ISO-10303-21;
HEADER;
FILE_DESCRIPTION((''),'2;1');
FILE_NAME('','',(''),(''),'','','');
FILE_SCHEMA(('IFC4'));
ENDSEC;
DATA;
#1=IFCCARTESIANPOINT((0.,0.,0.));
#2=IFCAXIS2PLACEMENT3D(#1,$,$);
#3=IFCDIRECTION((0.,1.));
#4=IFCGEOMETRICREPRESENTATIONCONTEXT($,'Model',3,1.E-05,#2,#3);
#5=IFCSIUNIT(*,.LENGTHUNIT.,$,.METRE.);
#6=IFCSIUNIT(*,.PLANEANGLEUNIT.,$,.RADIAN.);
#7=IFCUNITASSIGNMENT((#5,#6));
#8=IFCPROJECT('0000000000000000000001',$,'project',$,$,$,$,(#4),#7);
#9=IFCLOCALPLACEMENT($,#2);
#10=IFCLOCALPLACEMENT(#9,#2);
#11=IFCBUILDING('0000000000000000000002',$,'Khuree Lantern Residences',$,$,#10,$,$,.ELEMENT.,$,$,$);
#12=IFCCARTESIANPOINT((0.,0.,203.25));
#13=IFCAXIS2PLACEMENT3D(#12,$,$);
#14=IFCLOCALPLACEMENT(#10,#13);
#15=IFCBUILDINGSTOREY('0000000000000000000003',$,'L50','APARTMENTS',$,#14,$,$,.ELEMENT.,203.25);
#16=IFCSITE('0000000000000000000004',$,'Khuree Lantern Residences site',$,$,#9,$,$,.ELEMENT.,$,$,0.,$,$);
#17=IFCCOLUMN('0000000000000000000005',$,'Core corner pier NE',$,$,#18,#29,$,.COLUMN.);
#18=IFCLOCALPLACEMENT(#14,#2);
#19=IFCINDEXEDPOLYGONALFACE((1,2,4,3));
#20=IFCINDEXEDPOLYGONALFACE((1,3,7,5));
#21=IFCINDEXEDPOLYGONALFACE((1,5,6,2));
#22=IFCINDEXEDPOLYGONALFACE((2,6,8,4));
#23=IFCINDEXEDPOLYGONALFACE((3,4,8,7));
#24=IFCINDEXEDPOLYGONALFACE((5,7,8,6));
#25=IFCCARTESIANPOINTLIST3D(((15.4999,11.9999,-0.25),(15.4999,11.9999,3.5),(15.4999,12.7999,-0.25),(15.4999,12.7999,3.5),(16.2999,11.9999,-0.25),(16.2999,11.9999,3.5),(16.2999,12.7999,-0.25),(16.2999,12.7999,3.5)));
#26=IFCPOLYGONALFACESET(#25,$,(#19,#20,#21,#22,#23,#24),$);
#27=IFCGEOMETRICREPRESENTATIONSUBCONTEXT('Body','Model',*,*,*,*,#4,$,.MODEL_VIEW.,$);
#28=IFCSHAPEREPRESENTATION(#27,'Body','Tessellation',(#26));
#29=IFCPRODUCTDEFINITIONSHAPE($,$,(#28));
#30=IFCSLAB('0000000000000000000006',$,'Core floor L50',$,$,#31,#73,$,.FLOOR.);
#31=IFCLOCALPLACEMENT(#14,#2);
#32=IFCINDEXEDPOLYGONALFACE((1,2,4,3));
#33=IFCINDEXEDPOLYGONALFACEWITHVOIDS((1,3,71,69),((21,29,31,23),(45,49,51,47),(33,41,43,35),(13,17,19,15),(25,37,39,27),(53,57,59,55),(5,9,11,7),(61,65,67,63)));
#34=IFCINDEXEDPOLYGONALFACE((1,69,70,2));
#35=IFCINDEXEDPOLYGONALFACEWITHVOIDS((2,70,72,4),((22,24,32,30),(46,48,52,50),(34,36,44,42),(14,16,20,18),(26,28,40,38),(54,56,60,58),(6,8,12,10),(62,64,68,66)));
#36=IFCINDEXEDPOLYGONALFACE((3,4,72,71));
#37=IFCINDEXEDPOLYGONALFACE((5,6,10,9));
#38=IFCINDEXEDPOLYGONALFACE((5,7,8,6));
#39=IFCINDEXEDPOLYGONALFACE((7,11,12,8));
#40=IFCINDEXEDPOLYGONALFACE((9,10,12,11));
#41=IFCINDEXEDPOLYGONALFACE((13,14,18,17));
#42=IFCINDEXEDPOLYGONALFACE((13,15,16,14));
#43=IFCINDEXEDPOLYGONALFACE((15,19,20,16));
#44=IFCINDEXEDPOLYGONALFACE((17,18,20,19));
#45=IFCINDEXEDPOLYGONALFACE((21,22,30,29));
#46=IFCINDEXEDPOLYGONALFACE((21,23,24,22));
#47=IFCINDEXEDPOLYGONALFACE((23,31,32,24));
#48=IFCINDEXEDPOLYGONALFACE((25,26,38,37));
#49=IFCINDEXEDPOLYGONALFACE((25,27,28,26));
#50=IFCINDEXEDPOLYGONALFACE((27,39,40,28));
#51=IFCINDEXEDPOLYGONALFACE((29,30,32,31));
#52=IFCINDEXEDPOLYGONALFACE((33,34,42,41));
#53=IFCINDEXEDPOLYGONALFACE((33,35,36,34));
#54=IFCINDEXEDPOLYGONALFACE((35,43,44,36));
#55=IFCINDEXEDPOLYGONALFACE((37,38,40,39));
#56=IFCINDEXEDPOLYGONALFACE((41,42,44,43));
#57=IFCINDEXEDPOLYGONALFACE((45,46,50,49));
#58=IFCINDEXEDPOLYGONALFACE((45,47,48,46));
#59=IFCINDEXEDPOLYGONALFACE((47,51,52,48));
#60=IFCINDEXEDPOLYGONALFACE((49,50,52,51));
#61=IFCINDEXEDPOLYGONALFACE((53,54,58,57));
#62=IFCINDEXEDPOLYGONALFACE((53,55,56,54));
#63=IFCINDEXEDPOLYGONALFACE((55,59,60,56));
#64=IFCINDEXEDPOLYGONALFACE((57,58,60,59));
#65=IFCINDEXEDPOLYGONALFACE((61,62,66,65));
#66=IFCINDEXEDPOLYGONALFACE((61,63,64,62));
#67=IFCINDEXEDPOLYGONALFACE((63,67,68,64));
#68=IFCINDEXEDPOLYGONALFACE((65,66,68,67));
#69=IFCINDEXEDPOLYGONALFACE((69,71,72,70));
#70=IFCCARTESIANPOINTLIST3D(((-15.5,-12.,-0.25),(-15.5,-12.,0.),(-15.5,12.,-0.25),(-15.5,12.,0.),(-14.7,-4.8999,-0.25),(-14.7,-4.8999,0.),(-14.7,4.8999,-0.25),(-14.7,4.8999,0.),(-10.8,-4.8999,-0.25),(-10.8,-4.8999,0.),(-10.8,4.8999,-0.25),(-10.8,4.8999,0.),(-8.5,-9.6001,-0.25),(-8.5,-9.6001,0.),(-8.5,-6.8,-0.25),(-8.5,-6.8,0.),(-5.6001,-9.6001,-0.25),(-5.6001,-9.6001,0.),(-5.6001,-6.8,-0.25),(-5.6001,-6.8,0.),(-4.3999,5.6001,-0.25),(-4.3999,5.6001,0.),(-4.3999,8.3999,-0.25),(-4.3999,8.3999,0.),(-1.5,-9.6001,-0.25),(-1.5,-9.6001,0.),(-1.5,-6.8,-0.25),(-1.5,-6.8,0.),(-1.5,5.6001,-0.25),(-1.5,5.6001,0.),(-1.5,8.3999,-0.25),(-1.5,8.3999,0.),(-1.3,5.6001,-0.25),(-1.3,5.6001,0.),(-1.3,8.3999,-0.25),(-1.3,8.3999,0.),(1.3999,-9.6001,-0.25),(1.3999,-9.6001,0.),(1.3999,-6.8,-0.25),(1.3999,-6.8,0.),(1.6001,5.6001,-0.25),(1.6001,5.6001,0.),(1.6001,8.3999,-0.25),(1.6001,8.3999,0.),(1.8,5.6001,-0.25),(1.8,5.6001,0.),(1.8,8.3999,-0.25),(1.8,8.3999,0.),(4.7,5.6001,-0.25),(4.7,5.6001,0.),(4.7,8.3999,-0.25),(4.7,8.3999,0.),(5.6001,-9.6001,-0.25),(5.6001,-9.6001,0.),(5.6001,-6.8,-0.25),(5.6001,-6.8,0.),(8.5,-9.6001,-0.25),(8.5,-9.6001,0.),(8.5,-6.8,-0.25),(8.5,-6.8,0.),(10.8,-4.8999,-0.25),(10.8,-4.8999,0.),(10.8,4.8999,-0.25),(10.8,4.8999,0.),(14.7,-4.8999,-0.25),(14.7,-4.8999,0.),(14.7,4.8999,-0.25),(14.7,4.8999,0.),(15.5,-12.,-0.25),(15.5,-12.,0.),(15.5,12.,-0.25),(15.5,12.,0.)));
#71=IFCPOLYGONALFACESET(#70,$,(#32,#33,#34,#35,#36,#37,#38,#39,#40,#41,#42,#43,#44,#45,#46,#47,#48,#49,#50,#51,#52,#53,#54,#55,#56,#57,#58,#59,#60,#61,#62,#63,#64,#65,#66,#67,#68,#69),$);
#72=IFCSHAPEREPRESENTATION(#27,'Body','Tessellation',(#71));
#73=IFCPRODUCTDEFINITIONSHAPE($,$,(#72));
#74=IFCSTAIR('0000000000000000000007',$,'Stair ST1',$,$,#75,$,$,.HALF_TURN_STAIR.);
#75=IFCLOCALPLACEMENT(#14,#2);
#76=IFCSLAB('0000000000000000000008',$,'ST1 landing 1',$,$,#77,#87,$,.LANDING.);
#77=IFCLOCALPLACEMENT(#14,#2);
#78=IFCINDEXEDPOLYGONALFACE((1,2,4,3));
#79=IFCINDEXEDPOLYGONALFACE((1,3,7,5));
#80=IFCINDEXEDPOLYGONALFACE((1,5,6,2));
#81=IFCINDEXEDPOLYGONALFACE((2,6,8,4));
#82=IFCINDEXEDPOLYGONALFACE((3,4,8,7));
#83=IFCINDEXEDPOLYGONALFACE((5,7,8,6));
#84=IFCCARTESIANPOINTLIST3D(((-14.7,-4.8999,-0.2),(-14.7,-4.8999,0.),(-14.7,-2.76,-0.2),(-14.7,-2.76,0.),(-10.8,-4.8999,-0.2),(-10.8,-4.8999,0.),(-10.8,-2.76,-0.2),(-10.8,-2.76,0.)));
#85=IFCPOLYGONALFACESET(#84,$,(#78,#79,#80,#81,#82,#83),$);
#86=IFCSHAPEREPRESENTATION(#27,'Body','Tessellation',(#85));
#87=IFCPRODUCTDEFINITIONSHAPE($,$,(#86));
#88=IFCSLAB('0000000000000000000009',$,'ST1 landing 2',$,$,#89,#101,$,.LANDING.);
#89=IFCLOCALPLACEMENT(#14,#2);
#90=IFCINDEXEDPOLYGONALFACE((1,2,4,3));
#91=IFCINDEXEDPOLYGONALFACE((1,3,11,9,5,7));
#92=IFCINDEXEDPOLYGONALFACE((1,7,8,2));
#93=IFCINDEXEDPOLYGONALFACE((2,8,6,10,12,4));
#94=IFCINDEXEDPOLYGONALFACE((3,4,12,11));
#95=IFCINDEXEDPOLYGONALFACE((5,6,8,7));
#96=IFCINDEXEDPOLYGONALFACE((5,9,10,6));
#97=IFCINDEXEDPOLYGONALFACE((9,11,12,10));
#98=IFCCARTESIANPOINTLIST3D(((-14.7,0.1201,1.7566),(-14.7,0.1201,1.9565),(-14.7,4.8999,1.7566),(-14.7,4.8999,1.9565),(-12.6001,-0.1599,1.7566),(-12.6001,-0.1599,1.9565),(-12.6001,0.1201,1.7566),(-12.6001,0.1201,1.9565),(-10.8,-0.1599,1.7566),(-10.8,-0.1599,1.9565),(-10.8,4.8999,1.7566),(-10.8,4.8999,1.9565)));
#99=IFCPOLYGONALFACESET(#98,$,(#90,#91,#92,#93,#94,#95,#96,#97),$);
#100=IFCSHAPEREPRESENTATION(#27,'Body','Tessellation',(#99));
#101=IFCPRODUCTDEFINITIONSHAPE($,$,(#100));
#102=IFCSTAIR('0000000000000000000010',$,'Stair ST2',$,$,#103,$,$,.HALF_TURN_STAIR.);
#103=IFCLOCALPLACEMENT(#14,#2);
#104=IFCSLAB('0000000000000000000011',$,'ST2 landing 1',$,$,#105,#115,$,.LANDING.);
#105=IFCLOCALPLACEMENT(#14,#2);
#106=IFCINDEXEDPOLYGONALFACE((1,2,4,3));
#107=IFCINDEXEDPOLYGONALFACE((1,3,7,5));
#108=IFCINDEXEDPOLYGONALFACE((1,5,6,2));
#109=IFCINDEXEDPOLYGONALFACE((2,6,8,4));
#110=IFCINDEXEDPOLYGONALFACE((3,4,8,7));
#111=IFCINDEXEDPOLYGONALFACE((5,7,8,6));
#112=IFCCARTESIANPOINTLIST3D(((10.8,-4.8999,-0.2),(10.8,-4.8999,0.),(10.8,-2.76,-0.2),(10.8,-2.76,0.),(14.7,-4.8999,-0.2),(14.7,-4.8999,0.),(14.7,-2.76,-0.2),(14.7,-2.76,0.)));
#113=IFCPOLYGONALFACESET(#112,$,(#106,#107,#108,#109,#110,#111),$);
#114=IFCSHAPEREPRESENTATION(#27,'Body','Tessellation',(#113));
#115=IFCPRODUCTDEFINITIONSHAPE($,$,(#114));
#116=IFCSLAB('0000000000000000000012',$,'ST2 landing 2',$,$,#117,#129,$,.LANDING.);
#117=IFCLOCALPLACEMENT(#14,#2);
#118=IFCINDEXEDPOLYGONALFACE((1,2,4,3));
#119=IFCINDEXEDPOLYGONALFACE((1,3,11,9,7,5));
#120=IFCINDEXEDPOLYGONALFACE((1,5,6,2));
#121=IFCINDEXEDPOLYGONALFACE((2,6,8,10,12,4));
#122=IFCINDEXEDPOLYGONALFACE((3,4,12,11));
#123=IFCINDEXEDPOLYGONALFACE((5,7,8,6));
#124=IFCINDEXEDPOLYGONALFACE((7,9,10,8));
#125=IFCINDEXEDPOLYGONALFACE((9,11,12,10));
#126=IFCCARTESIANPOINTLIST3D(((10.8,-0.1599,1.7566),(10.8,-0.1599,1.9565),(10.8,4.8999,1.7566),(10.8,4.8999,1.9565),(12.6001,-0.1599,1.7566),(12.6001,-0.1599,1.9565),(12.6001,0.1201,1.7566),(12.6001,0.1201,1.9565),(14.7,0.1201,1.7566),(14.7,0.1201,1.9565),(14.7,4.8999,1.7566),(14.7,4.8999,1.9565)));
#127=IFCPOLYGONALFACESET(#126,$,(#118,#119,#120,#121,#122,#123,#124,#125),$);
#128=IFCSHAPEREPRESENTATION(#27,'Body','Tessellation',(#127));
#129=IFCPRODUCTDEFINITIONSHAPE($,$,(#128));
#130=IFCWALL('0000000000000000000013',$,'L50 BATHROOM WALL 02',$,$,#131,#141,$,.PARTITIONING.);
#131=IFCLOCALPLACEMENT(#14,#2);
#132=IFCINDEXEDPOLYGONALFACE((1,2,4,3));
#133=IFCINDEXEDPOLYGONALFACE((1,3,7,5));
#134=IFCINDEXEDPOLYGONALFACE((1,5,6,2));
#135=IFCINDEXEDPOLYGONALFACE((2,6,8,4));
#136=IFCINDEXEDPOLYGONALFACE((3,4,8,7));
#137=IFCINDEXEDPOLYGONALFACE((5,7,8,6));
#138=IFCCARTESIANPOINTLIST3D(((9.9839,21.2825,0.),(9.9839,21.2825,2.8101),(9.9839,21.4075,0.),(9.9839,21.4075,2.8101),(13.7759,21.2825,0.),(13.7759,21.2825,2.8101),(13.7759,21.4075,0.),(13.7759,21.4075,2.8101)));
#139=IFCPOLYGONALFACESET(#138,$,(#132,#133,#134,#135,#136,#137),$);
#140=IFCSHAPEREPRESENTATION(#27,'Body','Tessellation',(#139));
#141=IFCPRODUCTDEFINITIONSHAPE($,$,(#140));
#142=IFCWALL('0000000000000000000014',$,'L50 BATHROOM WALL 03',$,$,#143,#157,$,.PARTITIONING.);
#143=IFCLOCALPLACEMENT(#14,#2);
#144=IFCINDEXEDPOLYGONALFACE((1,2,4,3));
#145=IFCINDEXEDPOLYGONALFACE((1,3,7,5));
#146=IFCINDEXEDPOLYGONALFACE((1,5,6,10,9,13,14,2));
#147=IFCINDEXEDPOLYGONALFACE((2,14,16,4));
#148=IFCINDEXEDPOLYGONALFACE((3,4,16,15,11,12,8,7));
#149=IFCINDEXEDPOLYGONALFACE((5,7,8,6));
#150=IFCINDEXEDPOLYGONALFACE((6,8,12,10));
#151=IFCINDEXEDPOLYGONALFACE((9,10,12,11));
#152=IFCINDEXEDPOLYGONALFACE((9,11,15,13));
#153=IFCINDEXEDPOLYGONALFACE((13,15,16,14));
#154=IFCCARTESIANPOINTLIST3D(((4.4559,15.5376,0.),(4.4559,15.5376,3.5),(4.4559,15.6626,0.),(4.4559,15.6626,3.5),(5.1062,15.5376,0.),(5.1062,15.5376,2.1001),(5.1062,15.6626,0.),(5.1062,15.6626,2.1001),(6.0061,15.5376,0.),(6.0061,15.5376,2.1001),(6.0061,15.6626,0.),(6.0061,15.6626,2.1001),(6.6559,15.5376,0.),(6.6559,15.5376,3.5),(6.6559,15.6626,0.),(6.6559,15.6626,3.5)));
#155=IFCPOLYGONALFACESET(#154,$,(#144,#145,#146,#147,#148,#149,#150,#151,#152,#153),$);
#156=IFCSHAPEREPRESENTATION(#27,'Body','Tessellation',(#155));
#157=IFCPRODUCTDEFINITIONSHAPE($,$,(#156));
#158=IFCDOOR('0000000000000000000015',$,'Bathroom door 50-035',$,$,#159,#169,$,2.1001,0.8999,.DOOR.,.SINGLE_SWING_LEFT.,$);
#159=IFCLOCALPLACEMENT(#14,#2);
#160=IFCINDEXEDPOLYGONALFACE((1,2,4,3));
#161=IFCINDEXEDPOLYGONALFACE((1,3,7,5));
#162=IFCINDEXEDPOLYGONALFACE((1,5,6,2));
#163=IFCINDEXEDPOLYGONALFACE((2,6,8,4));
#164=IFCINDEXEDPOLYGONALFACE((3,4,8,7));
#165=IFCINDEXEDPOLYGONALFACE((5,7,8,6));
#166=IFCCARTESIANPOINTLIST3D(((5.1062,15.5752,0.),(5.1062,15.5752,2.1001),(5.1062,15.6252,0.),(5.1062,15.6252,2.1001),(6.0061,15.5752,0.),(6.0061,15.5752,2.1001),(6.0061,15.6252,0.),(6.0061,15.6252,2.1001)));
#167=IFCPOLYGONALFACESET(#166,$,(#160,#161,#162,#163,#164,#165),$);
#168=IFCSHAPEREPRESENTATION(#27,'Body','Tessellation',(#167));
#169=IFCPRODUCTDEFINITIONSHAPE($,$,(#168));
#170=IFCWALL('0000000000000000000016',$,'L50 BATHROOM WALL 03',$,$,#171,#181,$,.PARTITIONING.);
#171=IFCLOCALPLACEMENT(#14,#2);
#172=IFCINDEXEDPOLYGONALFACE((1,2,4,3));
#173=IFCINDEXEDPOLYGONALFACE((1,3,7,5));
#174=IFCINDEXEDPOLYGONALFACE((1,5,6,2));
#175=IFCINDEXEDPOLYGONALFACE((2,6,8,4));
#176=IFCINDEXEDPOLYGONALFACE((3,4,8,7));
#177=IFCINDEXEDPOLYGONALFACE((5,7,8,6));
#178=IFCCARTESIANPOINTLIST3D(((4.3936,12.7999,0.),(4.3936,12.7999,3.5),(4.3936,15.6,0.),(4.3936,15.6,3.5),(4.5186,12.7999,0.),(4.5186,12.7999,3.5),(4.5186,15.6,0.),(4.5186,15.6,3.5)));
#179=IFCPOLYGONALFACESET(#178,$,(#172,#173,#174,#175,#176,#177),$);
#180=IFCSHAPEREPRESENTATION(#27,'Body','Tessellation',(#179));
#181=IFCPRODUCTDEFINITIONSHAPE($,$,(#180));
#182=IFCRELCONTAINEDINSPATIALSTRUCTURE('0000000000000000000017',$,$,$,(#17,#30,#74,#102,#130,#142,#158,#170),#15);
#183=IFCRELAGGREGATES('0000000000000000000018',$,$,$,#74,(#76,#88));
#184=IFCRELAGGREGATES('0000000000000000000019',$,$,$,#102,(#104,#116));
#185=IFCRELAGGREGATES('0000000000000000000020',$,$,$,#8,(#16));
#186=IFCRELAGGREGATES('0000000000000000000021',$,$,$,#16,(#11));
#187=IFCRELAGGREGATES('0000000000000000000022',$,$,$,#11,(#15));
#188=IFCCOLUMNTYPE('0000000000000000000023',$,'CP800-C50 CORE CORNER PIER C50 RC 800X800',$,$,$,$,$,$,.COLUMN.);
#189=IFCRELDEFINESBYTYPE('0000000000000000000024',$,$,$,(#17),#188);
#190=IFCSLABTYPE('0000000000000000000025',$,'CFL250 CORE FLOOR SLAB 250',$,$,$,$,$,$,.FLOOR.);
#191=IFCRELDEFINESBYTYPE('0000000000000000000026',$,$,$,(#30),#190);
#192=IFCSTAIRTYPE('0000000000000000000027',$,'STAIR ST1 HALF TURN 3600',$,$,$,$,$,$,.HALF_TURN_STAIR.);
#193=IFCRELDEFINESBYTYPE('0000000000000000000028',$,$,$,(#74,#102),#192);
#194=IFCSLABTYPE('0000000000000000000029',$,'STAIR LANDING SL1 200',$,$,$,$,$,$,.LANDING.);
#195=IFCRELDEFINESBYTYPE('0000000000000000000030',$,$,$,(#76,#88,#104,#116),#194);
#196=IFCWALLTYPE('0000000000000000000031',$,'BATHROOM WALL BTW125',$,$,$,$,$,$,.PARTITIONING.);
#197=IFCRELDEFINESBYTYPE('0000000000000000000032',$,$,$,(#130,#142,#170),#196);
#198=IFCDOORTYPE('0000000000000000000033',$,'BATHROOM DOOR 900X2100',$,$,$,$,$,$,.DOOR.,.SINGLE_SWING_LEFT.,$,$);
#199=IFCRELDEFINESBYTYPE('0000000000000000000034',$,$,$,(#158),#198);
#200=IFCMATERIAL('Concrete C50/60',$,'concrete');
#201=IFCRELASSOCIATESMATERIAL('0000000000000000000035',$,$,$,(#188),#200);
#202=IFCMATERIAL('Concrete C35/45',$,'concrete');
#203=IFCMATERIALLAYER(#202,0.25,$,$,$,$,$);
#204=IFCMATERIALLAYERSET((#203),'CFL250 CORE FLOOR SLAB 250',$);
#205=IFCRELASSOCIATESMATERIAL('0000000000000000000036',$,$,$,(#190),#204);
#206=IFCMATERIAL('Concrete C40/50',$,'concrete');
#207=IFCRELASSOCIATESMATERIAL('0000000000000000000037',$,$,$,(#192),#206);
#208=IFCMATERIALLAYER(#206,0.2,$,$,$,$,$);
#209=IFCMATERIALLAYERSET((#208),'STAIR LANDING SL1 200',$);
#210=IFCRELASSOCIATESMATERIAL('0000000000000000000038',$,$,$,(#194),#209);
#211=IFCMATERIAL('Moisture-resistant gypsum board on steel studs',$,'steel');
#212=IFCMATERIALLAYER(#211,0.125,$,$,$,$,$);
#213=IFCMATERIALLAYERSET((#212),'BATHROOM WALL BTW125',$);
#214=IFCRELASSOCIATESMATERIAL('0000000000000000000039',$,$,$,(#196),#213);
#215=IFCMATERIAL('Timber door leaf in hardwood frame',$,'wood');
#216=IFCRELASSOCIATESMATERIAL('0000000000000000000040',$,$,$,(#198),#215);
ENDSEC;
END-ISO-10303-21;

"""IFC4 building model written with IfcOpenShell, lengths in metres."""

from ifc_helpers import new_model, si_unit, direction, frame, frame_2d, origin, origin_2d, place, context, subcontext, project, spatial, polyline, rectangle, outline, extrude, material, layer, layer_set, material_profile, profile_set, type_object, element, fill, aggregate, save


model = new_model("IFC4")

# Units and contexts
model_context = context("Model", 3, precision=1e-05, world=origin(), true_north=direction((0.0, 1.0)))
body_context = subcontext(model_context, "Body", "Model", "MODEL_VIEW")
ifc_project = project(units=[si_unit("LENGTHUNIT", "METRE"), si_unit("PLANEANGLEUNIT", "RADIAN")], contexts=[model_context])

# Site, building, storey
site_placement = place(None, origin())
site = spatial("IfcSite", under=ifc_project, at=site_placement, Name="Khuree Lantern Residences site", CompositionType="ELEMENT", RefElevation=0.0)
building_placement = place(site_placement, origin())
building = spatial("IfcBuilding", under=site, at=building_placement, Name="Khuree Lantern Residences", CompositionType="ELEMENT")
storey_placement = place(building_placement, frame((0.0, 0.0, 203.25)))
storey = spatial("IfcBuildingStorey", under=building, at=storey_placement, Name="L50", Description="APARTMENTS", CompositionType="ELEMENT", Elevation=203.25)

# Column
ifc_material_1 = material(Name="Concrete C50/60", Category="concrete")
ifc_material_profile = material_profile(ifc_material_1, rectangle(XDim=0.8, YDim=0.8, at=origin_2d()), Name="RC 800X800")
ifc_profile_set = profile_set([ifc_material_profile], Name="Concrete C50/60")
column_type = type_object("IfcColumnType", Name="CP800-C50 CORE CORNER PIER C50 RC 800X800", PredefinedType="COLUMN", material=ifc_profile_set)
column_placement = place(storey_placement, frame((15.8999, 12.3999, -0.25), z_axis=(0.0, 0.0, 1.0), x_axis=(1.0, 0.0, 0.0)))
element("IfcColumn", 1, at=column_placement, inside=storey, type_object=column_type, Name="Core corner pier NE", PredefinedType="COLUMN", context=body_context, shape_type="SweptSolid", body=[
    extrude(rectangle(XDim=0.8, YDim=0.8, at=origin_2d()), origin(), (0.0, 0.0, 1.0), 3.75),
])

# Slab
ifc_material_2 = material(Name="Concrete C35/45", Category="concrete")
ifc_layer_1 = layer(ifc_material_2, 0.25)
ifc_layer_set_1 = layer_set([ifc_layer_1], Name="CFL250 CORE FLOOR SLAB 250")
slab_type_1 = type_object("IfcSlabType", Name="CFL250 CORE FLOOR SLAB 250", PredefinedType="FLOOR", material=ifc_layer_set_1)
slab_1_placement = place(storey_placement, frame((0.0, 0.0, -0.25)))
element("IfcSlab", 2, at=slab_1_placement, inside=storey, type_object=slab_type_1, Name="Core floor L50", PredefinedType="FLOOR", context=body_context, shape_type="SweptSolid", body=[
    extrude(outline(polyline([(-15.5, -12.0), (-15.5, 12.0), (15.5, 12.0), (15.5, -12.0), (-15.5, -12.0)]), holes=[polyline([(10.8, 4.8999), (10.8, -4.8999), (14.7, -4.8999), (14.7, 4.8999), (10.8, 4.8999)]), polyline([(5.6001, -6.8), (5.6001, -9.6001), (8.5, -9.6001), (8.5, -6.8), (5.6001, -6.8)]), polyline([(1.8, 8.3999), (1.8, 5.6001), (4.7, 5.6001), (4.7, 8.3999), (1.8, 8.3999)]), polyline([(-1.3, 8.3999), (-1.3, 5.6001), (1.6001, 5.6001), (1.6001, 8.3999), (-1.3, 8.3999)]), polyline([(-1.5, -6.8), (-1.5, -9.6001), (1.3999, -9.6001), (1.3999, -6.8), (-1.5, -6.8)]), polyline([(-4.3999, 8.3999), (-4.3999, 5.6001), (-1.5, 5.6001), (-1.5, 8.3999), (-4.3999, 8.3999)]), polyline([(-8.5, -6.8), (-8.5, -9.6001), (-5.6001, -9.6001), (-5.6001, -6.8), (-8.5, -6.8)]), polyline([(-14.7, 4.8999), (-14.7, -4.8999), (-10.8, -4.8999), (-10.8, 4.8999), (-14.7, 4.8999)])]), origin(), (0.0, 0.0, 1.0), 0.25),
])

# Stairs, slabs
ifc_material_3 = material(Name="Concrete C40/50", Category="concrete")
stair_type = type_object("IfcStairType", Name="STAIR ST1 HALF TURN 3600", PredefinedType="HALF_TURN_STAIR", material=ifc_material_3)
stair_1_placement = place(storey_placement, origin())
stair_1 = element("IfcStair", 3, at=stair_1_placement, inside=storey, type_object=stair_type, Name="Stair ST1", PredefinedType="HALF_TURN_STAIR")
ifc_layer_2 = layer(ifc_material_3, 0.2)
ifc_layer_set_2 = layer_set([ifc_layer_2], Name="STAIR LANDING SL1 200")
slab_type_2 = type_object("IfcSlabType", Name="STAIR LANDING SL1 200", PredefinedType="LANDING", material=ifc_layer_set_2)
slab_2_placement = place(storey_placement, frame((0.0, 0.0, -0.2)))
slab_2 = element("IfcSlab", 4, at=slab_2_placement, type_object=slab_type_2, Name="ST1 landing 1", PredefinedType="LANDING", context=body_context, shape_type="SweptSolid", body=[
    extrude(outline(polyline([(-14.7, -4.8999), (-10.8, -4.8999), (-10.8, -2.76), (-14.7, -2.76), (-14.7, -4.8999)])), origin(), (0.0, 0.0, 1.0), 0.2),
])
slab_3_placement = place(storey_placement, frame((0.0, 0.0, 1.7566)))
slab_3 = element("IfcSlab", 5, at=slab_3_placement, type_object=slab_type_2, Name="ST1 landing 2", PredefinedType="LANDING", context=body_context, shape_type="SweptSolid", body=[
    extrude(outline(polyline([(-14.7, 0.1201), (-14.7, 4.8999), (-10.8, 4.8999), (-10.8, -0.1599), (-12.6001, -0.1599), (-12.6001, 0.1201), (-14.7, 0.1201)])), origin(), (0.0, 0.0, 1.0), 0.2),
])
aggregate(stair_1, [slab_2, slab_3])
stair_2_placement = place(storey_placement, origin())
stair_2 = element("IfcStair", 6, at=stair_2_placement, inside=storey, type_object=stair_type, Name="Stair ST2", PredefinedType="HALF_TURN_STAIR")
slab_4_placement = place(storey_placement, frame((0.0, 0.0, -0.2)))
slab_4 = element("IfcSlab", 7, at=slab_4_placement, type_object=slab_type_2, Name="ST2 landing 1", PredefinedType="LANDING", context=body_context, shape_type="SweptSolid", body=[
    extrude(outline(polyline([(10.8, -4.8999), (14.7, -4.8999), (14.7, -2.76), (10.8, -2.76), (10.8, -4.8999)])), origin(), (0.0, 0.0, 1.0), 0.2),
])
slab_5_placement = place(storey_placement, frame((0.0, 0.0, 1.7566)))
slab_5 = element("IfcSlab", 8, at=slab_5_placement, type_object=slab_type_2, Name="ST2 landing 2", PredefinedType="LANDING", context=body_context, shape_type="SweptSolid", body=[
    extrude(outline(polyline([(14.7, 4.8999), (14.7, 0.1201), (12.6001, 0.1201), (12.6001, -0.1599), (10.8, -0.1599), (10.8, 4.8999), (14.7, 4.8999)])), origin(), (0.0, 0.0, 1.0), 0.2),
])
aggregate(stair_2, [slab_4, slab_5])

# Wall
ifc_material_4 = material(Name="Moisture-resistant gypsum board on steel studs", Category="steel")
ifc_layer_3 = layer(ifc_material_4, 0.125)
ifc_layer_set_3 = layer_set([ifc_layer_3], Name="BATHROOM WALL BTW125")
wall_type_1 = type_object("IfcWallType", Name="BATHROOM WALL BTW125", PredefinedType="PARTITIONING", material=ifc_layer_set_3)
wall_1_placement = place(storey_placement, frame((13.7759, 21.345, 0.0), z_axis=(0.0, 0.0, 1.0), x_axis=(-1.0, 0.0, 0.0)))
element("IfcWall", 9, at=wall_1_placement, inside=storey, type_object=wall_type_1, Name="L50 BATHROOM WALL 02", PredefinedType="PARTITIONING", context=body_context, shape_type="SweptSolid", body=[
    extrude(rectangle(XDim=3.792, YDim=0.125, at=frame_2d((1.896, 0.0))), origin(), (0.0, 0.0, 1.0), 2.8101),
])

# Wall, opening, door
wall_2_placement = place(storey_placement, frame((6.656, 15.6001, 0.0), z_axis=(0.0, 0.0, 1.0), x_axis=(-1.0, 0.0, 0.0)))
wall_2 = element("IfcWall", 10, at=wall_2_placement, inside=storey, type_object=wall_type_1, Name="L50 BATHROOM WALL 03", PredefinedType="PARTITIONING", context=body_context, shape_type="SweptSolid", body=[
    extrude(rectangle(XDim=2.2, YDim=0.125, at=frame_2d((1.1001, 0.0))), origin(), (0.0, 0.0, 1.0), 3.5),
])
opening_1_placement = place(wall_2_placement, frame((0.6499, 0.0, 0.0)))
opening_1 = element("IfcOpeningElement", 11, at=opening_1_placement, cuts=wall_2, PredefinedType="OPENING", context=body_context, shape_type="SweptSolid", body=[
    extrude(rectangle(XDim=0.8999, YDim=2.1001, at=frame_2d((0.45, 1.05))), frame((0.0, 0.0725, 0.0), z_axis=(0.0, -1.0, 0.0), x_axis=(1.0, 0.0, 0.0)), (0.0, 0.0, 1.0), 0.145),
])
ifc_material_5 = material(Name="Timber door leaf in hardwood frame", Category="wood")
door_type_1 = type_object("IfcDoorType", Name="BATHROOM DOOR 900X2100", OperationType="SINGLE_SWING_LEFT", PredefinedType="DOOR", material=ifc_material_5)
door_1_placement = place(opening_1_placement, origin())
door_1 = element("IfcDoor", 12, at=door_1_placement, inside=storey, type_object=door_type_1, Name="Bathroom door 50-035", OperationType="SINGLE_SWING_LEFT", OverallHeight=2.1001, OverallWidth=0.8999, PredefinedType="DOOR", context=body_context, shape_type="SweptSolid", body=[
    extrude(rectangle(XDim=0.8999, YDim=2.1001, at=frame_2d((0.45, 1.05))), frame((0.0, 0.0249, 0.0), z_axis=(0.0, -1.0, 0.0), x_axis=(1.0, 0.0, 0.0)), (0.0, 0.0, 1.0), 0.05),
])
fill(opening_1, door_1)

# Wall
wall_3_placement = place(storey_placement, frame((4.4561, 12.8, 0.0), z_axis=(0.0, 0.0, 1.0), x_axis=(0.0, 1.0, 0.0)))
element("IfcWall", 13, at=wall_3_placement, inside=storey, type_object=wall_type_1, Name="L50 BATHROOM WALL 03", PredefinedType="PARTITIONING", context=body_context, shape_type="SweptSolid", body=[
    extrude(rectangle(XDim=2.8, YDim=0.125, at=frame_2d((1.3999, 0.0))), origin(), (0.0, 0.0, 1.0), 3.5),
])

save(model, "model.ifc")
